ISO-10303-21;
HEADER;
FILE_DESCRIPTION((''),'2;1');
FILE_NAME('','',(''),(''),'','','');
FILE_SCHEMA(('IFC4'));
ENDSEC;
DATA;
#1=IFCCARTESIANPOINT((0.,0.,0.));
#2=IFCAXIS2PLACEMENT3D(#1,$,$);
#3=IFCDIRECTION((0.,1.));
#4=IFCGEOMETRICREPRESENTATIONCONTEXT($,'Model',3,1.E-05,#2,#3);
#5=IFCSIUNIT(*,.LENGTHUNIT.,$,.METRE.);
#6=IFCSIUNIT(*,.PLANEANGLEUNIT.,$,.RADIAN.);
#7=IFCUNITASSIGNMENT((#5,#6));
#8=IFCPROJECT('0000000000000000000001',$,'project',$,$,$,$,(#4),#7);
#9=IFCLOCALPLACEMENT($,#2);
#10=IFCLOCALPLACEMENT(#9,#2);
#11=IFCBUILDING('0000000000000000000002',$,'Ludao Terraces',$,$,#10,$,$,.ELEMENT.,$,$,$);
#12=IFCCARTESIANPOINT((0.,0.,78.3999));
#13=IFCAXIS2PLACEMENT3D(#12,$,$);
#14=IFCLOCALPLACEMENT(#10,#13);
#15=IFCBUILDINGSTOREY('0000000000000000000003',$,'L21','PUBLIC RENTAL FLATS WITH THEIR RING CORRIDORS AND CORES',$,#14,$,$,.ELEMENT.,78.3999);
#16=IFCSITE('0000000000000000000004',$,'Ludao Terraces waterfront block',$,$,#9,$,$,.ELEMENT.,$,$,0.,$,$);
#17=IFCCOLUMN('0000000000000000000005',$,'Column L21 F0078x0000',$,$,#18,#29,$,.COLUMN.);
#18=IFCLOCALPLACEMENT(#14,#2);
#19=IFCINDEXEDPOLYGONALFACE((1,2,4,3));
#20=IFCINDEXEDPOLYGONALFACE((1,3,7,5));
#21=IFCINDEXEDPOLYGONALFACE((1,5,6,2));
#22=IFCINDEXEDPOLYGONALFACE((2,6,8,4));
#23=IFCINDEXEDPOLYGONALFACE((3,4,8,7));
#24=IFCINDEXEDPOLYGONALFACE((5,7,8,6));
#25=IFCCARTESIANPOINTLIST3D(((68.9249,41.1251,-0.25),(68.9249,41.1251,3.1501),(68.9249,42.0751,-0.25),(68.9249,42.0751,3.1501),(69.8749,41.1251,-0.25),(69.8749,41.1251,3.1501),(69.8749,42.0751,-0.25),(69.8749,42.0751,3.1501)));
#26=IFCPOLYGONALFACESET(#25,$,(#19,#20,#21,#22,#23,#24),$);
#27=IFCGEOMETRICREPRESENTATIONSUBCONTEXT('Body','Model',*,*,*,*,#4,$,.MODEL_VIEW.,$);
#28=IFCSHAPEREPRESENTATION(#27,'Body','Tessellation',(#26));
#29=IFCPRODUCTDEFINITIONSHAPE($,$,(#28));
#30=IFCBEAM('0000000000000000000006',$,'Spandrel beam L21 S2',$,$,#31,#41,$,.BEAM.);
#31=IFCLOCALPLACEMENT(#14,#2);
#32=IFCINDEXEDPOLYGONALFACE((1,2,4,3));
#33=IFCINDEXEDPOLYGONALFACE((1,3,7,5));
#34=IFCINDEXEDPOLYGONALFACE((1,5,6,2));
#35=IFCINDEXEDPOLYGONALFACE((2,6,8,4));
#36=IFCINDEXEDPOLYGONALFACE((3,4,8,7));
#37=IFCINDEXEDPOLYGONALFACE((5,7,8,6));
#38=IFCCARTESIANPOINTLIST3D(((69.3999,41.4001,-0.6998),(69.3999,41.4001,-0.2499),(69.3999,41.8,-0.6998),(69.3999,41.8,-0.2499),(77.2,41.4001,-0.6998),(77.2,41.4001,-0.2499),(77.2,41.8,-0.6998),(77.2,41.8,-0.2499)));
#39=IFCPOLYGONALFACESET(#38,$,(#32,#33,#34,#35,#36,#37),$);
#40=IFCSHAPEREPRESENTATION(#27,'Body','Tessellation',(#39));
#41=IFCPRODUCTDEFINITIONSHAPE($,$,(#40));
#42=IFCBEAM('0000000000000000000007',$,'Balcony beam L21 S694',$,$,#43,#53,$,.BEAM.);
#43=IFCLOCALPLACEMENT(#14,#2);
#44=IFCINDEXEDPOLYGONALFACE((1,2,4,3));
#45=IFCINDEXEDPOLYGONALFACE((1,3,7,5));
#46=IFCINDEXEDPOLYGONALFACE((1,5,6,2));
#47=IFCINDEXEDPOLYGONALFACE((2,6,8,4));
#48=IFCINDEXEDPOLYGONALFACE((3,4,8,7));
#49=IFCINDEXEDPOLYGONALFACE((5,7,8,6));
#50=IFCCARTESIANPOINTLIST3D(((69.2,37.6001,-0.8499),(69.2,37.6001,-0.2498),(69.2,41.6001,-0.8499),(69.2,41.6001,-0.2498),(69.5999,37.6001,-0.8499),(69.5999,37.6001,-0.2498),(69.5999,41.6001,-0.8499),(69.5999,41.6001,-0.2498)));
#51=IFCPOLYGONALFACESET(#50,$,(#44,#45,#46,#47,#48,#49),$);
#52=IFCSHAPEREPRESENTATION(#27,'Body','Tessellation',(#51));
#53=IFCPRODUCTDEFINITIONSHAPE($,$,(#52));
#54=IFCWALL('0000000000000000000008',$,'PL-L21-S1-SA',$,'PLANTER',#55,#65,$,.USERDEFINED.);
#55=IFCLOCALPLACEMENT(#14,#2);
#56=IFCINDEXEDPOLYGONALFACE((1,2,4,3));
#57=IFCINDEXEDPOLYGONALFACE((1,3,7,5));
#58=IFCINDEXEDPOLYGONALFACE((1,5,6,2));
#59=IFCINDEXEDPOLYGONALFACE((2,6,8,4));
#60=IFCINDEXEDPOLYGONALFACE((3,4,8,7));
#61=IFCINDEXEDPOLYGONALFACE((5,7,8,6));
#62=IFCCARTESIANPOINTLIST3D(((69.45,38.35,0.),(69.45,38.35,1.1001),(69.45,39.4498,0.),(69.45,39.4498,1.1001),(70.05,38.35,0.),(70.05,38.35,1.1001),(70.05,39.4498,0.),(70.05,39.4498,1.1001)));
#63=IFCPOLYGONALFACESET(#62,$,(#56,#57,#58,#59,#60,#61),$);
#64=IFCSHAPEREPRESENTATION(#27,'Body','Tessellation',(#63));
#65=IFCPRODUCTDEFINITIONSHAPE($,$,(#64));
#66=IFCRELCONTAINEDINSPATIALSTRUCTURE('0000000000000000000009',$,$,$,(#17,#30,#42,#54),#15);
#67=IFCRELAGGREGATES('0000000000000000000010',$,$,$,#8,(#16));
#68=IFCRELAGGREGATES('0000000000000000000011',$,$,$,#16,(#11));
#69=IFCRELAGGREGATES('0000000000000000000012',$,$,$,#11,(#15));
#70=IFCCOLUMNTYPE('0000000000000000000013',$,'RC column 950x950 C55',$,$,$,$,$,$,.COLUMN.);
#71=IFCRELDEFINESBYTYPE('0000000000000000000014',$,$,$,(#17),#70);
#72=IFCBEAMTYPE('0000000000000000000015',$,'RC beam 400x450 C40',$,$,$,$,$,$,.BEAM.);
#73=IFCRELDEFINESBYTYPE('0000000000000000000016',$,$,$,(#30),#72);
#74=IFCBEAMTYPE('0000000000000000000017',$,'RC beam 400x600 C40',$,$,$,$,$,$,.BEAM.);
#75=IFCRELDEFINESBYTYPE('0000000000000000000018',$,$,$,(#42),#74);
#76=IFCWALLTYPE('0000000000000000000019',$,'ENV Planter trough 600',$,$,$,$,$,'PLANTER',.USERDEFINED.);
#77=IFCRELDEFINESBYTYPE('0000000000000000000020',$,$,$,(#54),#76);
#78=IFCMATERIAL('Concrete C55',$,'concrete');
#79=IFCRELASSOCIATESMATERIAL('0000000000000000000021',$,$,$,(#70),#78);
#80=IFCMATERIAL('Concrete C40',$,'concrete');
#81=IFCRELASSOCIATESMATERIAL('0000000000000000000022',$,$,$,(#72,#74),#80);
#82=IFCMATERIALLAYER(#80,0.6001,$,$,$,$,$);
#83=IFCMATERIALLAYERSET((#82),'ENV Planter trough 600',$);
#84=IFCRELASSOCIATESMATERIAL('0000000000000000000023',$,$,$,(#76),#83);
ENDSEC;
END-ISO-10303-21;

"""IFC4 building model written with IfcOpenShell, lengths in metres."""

from ifc_helpers import new_model, si_unit, direction, frame, frame_2d, origin, origin_2d, place, context, subcontext, project, spatial, rectangle, extrude, material, layer, layer_set, material_profile, profile_set, type_object, element, save


model = new_model("IFC4")

# Units and contexts
model_context = context("Model", 3, precision=1e-05, world=origin(), true_north=direction((0.0, 1.0)))
body_context = subcontext(model_context, "Body", "Model", "MODEL_VIEW")
ifc_project = project(units=[si_unit("LENGTHUNIT", "METRE"), si_unit("PLANEANGLEUNIT", "RADIAN")], contexts=[model_context])

# Site, building, storey
site_placement = place(None, origin())
site = spatial("IfcSite", under=ifc_project, at=site_placement, Name="Ludao Terraces waterfront block", CompositionType="ELEMENT", RefElevation=0.0)
building_placement = place(site_placement, origin())
building = spatial("IfcBuilding", under=site, at=building_placement, Name="Ludao Terraces", CompositionType="ELEMENT")
storey_placement = place(building_placement, frame((0.0, 0.0, 78.3999)))
storey = spatial("IfcBuildingStorey", under=building, at=storey_placement, Name="L21", Description="PUBLIC RENTAL FLATS WITH THEIR RING CORRIDORS AND CORES", CompositionType="ELEMENT", Elevation=78.3999)

# Column
ifc_material_1 = material(Name="Concrete C55", Category="concrete")
ifc_material_profile_1 = material_profile(ifc_material_1, rectangle(XDim=0.95, YDim=0.95, at=origin_2d()), Name="950 X 950")
ifc_profile_set_1 = profile_set([ifc_material_profile_1], Name="Concrete C55")
column_type = type_object("IfcColumnType", Name="RC column 950x950 C55", PredefinedType="COLUMN", material=ifc_profile_set_1)
column_placement = place(storey_placement, frame((69.3999, 41.6001, -0.25), z_axis=(0.0, 0.0, 1.0), x_axis=(1.0, 0.0, 0.0)))
element("IfcColumn", 1, at=column_placement, inside=storey, type_object=column_type, Name="Column L21 F0078x0000", PredefinedType="COLUMN", context=body_context, shape_type="SweptSolid", body=[
    extrude(rectangle(XDim=0.95, YDim=0.95, at=origin_2d()), origin(), (0.0, 0.0, 1.0), 3.4001),
])

# Beams
ifc_material_2 = material(Name="Concrete C40", Category="concrete")
ifc_material_profile_2 = material_profile(ifc_material_2, rectangle(XDim=0.3999, YDim=0.45, at=origin_2d()), Name="400 X 450")
ifc_profile_set_2 = profile_set([ifc_material_profile_2], Name="Concrete C40")
beam_type_1 = type_object("IfcBeamType", Name="RC beam 400x450 C40", PredefinedType="BEAM", material=ifc_profile_set_2)
beam_1_placement = place(storey_placement, frame((69.3999, 41.6001, -0.4749), z_axis=(1.0, 0.0, 0.0), x_axis=(0.0, 1.0, 0.0)))
element("IfcBeam", 2, at=beam_1_placement, inside=storey, type_object=beam_type_1, Name="Spandrel beam L21 S2", PredefinedType="BEAM", context=body_context, shape_type="SweptSolid", body=[
    extrude(rectangle(XDim=0.3999, YDim=0.45, at=origin_2d()), origin(), (0.0, 0.0, 1.0), 7.8),
])
ifc_material_profile_3 = material_profile(ifc_material_2, rectangle(XDim=0.3999, YDim=0.6001, at=origin_2d()), Name="400 X 600")
ifc_profile_set_3 = profile_set([ifc_material_profile_3], Name="Concrete C40")
beam_type_2 = type_object("IfcBeamType", Name="RC beam 400x600 C40", PredefinedType="BEAM", material=ifc_profile_set_3)
beam_2_placement = place(storey_placement, frame((69.3999, 41.6001, -0.5498), z_axis=(0.0, -1.0, 0.0), x_axis=(1.0, 0.0, 0.0)))
element("IfcBeam", 3, at=beam_2_placement, inside=storey, type_object=beam_type_2, Name="Balcony beam L21 S694", PredefinedType="BEAM", context=body_context, shape_type="SweptSolid", body=[
    extrude(rectangle(XDim=0.3999, YDim=0.6001, at=origin_2d()), origin(), (0.0, 0.0, 1.0), 4.0),
])

# Wall
ifc_layer_1 = layer(ifc_material_2, 0.6001)
ifc_layer_set_1 = layer_set([ifc_layer_1], Name="ENV Planter trough 600")
wall_type_1 = type_object("IfcWallType", Name="ENV Planter trough 600", ElementType="PLANTER", PredefinedType="USERDEFINED", material=ifc_layer_set_1)
wall_1_placement = place(storey_placement, frame((69.75, 38.3501, 0.0), z_axis=(0.0, 0.0, 1.0), x_axis=(0.0, 1.0, 0.0)))
element("IfcWall", 4, at=wall_1_placement, inside=storey, type_object=wall_type_1, Name="PL-L21-S1-SA", ObjectType="PLANTER", PredefinedType="USERDEFINED", context=body_context, shape_type="SweptSolid", body=[
    extrude(rectangle(XDim=1.0999, YDim=0.6001, at=frame_2d((0.5498, 0.0))), origin(), (0.0, 0.0, 1.0), 1.1001),
])

save(model, "model.ifc")
